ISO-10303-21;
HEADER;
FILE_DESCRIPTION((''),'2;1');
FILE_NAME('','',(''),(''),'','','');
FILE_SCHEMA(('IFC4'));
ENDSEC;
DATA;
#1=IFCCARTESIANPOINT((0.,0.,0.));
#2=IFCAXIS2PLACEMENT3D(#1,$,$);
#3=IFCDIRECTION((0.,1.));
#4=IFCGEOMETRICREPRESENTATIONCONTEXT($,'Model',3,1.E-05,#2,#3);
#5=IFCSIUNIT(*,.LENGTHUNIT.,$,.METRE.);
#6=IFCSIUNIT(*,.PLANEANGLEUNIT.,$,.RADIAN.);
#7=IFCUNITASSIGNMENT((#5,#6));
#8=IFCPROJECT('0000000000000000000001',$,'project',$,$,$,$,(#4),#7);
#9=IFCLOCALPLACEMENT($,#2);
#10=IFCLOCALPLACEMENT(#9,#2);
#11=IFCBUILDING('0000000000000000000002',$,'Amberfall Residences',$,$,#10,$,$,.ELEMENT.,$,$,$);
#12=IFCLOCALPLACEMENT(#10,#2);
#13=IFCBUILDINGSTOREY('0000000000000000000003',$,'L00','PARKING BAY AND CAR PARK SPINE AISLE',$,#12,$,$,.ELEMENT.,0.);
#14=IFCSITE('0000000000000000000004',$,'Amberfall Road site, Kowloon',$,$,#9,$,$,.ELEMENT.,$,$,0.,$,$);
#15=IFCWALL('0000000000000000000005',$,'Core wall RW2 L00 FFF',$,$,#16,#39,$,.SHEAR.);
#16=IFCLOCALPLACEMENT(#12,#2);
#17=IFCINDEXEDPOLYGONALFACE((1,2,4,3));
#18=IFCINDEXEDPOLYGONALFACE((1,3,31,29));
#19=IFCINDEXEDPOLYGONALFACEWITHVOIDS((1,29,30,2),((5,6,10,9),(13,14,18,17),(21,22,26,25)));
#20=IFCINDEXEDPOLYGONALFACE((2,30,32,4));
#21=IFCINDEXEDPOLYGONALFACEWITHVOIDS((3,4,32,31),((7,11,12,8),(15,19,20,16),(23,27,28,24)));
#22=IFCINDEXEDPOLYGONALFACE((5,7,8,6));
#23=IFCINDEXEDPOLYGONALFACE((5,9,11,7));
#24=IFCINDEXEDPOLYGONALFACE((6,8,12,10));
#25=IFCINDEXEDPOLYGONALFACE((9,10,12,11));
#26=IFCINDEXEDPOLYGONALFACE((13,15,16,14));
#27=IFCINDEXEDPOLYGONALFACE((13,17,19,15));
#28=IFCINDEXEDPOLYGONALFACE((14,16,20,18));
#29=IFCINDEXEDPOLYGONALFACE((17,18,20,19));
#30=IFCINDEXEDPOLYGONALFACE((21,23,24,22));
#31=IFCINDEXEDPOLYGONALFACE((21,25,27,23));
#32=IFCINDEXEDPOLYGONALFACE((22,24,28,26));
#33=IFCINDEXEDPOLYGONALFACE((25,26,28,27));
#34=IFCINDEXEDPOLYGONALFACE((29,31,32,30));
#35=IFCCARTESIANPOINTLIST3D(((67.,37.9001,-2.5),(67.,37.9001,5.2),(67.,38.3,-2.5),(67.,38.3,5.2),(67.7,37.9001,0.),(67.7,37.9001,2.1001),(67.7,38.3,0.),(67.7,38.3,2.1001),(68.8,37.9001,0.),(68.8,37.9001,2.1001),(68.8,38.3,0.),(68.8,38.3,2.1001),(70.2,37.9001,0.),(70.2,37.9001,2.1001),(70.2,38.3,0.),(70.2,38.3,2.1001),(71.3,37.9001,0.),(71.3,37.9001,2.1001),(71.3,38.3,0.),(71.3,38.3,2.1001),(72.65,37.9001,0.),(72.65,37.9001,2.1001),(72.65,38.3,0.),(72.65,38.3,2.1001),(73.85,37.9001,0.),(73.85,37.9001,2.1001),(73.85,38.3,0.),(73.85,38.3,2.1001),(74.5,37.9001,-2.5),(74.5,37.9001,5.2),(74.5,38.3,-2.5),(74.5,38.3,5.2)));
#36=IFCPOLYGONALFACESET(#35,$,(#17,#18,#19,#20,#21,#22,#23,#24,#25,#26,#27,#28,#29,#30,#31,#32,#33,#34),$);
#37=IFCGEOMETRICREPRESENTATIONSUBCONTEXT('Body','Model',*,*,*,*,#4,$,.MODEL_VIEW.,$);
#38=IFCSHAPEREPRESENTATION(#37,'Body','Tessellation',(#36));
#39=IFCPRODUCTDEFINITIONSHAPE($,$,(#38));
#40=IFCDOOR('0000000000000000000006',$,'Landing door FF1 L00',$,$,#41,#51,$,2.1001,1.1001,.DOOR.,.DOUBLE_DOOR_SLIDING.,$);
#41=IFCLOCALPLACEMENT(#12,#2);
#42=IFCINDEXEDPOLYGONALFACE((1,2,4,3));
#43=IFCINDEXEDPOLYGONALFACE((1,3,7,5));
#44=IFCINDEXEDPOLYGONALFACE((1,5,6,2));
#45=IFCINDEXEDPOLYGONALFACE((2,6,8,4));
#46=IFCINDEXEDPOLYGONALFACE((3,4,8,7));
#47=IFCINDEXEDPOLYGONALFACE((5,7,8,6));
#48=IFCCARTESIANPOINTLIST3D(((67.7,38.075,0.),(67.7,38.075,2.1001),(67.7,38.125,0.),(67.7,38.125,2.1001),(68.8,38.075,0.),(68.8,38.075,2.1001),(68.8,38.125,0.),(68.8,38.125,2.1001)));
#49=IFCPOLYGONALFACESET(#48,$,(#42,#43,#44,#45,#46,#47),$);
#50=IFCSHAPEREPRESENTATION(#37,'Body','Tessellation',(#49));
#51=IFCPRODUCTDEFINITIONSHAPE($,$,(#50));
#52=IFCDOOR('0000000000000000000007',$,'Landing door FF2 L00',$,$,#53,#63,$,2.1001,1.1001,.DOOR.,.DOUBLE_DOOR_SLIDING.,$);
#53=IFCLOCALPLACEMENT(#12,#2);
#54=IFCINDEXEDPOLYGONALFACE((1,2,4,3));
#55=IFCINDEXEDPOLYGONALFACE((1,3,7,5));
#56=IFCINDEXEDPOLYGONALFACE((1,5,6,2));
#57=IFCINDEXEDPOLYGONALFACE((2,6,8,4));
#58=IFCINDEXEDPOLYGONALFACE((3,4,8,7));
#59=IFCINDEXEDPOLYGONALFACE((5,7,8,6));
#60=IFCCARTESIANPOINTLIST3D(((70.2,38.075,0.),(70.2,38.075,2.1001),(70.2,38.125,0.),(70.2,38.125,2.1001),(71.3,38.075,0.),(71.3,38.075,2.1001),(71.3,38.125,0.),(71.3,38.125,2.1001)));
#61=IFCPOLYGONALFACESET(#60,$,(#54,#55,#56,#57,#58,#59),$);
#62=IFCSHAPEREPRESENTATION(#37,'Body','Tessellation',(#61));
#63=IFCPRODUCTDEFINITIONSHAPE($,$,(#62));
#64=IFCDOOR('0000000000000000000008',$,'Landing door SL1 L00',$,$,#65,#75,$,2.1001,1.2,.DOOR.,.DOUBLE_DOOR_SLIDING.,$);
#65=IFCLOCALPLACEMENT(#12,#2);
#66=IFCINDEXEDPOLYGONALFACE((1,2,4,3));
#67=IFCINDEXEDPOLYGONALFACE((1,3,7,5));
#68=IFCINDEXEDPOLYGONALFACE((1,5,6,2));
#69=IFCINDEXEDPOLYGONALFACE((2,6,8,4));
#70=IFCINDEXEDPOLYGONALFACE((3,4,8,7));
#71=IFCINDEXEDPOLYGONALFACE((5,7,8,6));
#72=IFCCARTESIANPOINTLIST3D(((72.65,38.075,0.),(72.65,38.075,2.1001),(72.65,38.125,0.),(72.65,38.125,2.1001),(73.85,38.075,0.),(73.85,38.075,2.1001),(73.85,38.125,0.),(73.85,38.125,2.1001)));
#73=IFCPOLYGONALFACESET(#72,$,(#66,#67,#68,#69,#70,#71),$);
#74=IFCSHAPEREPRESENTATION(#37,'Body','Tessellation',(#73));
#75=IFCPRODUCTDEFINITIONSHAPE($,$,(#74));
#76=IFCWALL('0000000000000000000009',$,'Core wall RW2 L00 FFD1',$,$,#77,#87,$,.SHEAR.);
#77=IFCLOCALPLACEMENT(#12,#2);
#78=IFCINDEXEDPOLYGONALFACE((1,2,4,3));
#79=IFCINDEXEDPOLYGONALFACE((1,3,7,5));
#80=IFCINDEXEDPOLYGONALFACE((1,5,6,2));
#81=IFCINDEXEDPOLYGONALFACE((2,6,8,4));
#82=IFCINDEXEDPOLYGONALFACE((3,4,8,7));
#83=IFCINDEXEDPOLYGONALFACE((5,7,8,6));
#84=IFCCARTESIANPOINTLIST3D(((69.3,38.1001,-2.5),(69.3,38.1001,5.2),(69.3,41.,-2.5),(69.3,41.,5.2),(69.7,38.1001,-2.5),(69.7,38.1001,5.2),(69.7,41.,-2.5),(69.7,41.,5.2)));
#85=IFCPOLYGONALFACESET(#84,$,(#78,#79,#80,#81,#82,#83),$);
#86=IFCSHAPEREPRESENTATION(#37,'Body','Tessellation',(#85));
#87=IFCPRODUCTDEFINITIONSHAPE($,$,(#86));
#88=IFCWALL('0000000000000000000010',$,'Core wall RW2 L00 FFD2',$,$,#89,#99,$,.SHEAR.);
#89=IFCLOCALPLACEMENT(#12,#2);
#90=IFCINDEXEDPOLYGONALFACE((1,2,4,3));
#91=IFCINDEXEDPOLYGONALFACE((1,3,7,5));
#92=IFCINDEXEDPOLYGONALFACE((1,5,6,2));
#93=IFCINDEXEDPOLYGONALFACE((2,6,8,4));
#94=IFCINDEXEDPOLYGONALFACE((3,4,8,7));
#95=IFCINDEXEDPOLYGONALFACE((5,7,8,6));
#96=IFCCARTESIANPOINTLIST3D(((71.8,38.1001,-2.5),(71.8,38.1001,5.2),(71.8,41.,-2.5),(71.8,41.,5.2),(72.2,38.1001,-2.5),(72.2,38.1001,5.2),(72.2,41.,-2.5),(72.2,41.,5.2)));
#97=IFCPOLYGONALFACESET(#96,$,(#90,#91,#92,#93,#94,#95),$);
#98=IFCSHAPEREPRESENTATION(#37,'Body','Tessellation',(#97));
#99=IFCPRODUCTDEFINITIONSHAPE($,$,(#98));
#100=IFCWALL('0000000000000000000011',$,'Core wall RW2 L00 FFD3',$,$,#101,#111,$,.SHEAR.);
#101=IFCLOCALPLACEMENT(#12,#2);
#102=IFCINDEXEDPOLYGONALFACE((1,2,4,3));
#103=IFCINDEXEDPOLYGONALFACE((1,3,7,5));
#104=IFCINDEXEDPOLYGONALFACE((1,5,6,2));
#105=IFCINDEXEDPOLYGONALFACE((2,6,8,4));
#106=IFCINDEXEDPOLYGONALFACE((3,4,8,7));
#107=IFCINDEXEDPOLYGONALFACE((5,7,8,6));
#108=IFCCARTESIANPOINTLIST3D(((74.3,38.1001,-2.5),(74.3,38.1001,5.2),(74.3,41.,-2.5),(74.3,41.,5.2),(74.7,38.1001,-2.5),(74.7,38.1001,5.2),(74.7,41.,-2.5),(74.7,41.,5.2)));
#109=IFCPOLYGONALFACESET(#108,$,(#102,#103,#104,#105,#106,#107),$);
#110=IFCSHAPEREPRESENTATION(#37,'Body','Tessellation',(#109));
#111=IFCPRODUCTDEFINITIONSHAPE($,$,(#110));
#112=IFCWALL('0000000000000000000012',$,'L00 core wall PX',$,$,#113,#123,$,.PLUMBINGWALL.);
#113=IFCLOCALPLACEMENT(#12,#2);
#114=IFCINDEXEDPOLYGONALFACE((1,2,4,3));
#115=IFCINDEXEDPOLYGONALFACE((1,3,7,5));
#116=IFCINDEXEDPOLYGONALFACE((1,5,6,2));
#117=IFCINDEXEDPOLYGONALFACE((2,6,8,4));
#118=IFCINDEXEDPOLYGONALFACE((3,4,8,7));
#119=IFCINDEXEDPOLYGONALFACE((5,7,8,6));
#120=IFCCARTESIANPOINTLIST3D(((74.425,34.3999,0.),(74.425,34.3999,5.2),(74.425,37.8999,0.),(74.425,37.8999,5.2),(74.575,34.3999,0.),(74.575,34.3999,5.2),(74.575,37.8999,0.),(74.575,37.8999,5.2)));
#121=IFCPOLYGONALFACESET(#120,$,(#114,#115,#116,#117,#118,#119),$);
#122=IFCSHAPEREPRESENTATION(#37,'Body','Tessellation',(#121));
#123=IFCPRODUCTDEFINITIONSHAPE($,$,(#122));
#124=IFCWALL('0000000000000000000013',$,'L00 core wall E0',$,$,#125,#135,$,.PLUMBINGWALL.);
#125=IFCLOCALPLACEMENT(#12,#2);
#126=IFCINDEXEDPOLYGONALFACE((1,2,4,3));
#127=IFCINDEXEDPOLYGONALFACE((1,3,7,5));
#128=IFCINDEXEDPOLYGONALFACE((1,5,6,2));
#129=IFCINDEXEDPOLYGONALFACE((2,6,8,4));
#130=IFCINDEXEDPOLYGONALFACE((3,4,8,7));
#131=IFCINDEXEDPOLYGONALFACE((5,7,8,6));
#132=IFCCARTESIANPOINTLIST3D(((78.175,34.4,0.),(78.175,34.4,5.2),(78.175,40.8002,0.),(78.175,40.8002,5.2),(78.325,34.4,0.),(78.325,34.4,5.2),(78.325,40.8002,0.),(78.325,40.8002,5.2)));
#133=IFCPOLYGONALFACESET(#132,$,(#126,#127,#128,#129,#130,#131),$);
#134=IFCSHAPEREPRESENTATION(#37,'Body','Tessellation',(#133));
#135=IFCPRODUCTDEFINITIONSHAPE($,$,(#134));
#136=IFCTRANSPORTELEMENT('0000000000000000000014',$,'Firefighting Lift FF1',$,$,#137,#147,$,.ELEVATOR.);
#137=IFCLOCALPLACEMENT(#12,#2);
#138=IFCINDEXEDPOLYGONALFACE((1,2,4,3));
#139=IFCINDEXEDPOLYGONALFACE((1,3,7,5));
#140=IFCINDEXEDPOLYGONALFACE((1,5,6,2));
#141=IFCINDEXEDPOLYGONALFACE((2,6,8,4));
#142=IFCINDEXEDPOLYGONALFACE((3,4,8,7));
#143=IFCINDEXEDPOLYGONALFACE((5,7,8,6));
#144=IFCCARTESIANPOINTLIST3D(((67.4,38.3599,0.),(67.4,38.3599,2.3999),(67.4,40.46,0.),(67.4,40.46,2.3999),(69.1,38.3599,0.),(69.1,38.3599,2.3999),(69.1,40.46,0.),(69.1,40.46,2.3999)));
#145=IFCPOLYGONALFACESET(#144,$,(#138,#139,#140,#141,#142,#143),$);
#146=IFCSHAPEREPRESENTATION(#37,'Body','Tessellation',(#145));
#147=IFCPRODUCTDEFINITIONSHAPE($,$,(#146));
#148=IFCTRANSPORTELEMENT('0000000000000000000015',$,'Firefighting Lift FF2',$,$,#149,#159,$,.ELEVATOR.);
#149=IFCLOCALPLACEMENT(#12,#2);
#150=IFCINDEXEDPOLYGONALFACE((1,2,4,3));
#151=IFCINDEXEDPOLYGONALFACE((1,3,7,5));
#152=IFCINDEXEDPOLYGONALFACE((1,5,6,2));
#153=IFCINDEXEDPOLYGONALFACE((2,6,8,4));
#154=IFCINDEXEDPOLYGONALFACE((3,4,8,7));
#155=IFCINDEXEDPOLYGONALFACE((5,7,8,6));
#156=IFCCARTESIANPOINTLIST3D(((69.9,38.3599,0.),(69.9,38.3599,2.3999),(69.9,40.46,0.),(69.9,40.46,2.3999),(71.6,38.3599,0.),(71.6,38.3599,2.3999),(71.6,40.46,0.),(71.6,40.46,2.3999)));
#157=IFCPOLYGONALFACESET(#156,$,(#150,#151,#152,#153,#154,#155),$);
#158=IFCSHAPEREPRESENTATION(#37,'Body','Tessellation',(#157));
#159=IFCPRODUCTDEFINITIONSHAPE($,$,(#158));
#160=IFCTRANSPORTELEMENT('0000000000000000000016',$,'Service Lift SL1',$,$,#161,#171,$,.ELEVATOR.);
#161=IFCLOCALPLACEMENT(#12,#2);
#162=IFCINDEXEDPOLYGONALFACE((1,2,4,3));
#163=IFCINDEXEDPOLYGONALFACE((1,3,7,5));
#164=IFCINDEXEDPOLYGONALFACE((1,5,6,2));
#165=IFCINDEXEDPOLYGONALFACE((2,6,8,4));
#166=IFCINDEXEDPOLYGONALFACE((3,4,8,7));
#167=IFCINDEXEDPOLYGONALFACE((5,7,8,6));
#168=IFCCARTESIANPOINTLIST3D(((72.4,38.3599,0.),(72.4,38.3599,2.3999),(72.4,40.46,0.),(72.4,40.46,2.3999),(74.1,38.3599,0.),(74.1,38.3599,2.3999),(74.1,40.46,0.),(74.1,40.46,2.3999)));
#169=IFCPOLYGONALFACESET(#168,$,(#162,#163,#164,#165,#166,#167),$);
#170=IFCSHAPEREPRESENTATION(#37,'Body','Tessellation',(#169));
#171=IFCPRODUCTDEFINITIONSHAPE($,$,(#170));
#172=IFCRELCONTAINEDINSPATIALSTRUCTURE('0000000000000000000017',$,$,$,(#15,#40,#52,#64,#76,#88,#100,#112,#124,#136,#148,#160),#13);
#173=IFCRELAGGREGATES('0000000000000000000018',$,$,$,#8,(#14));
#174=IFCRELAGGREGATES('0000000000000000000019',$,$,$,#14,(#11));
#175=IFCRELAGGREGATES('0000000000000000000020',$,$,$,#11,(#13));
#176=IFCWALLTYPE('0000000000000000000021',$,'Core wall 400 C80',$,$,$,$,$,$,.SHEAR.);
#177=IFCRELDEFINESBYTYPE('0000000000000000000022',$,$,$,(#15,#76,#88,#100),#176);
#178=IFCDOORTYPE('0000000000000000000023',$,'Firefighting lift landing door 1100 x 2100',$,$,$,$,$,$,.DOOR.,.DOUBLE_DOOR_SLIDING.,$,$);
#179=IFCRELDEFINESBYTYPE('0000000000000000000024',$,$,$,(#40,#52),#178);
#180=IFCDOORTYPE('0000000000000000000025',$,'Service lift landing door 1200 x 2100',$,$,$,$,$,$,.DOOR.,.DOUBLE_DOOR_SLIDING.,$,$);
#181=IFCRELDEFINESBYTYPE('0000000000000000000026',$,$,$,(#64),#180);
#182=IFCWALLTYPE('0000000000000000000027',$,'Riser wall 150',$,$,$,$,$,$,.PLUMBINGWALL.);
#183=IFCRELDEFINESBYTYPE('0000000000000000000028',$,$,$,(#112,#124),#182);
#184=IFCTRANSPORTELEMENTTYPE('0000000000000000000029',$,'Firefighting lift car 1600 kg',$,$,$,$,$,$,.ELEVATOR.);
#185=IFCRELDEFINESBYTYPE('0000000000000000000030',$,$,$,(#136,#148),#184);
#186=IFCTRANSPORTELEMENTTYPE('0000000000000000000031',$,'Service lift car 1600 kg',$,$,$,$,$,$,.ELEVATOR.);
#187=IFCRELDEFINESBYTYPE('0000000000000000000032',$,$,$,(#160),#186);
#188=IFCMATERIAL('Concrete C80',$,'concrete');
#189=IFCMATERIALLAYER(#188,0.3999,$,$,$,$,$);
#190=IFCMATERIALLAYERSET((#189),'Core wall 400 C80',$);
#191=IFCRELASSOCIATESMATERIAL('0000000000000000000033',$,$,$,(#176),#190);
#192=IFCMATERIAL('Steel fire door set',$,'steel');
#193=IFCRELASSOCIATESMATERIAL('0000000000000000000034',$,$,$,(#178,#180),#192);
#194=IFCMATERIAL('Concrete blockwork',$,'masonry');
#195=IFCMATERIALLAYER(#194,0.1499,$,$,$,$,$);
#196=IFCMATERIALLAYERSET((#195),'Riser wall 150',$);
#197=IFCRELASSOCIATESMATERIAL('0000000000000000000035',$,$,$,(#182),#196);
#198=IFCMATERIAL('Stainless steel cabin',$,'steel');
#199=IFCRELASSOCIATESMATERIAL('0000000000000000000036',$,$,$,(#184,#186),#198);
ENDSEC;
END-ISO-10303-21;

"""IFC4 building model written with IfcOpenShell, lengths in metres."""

from ifc_helpers import new_model, si_unit, direction, frame, frame_2d, origin, origin_2d, place, context, subcontext, project, spatial, rectangle, extrude, material, layer, layer_set, type_object, element, fill, save


model = new_model("IFC4")

# Units and contexts
model_context = context("Model", 3, precision=1e-05, world=origin(), true_north=direction((0.0, 1.0)))
body_context = subcontext(model_context, "Body", "Model", "MODEL_VIEW")
ifc_project = project(units=[si_unit("LENGTHUNIT", "METRE"), si_unit("PLANEANGLEUNIT", "RADIAN")], contexts=[model_context])

# Site, building, storey
site_placement = place(None, origin())
site = spatial("IfcSite", under=ifc_project, at=site_placement, Name="Amberfall Road site, Kowloon", CompositionType="ELEMENT", RefElevation=0.0)
building_placement = place(site_placement, origin())
building = spatial("IfcBuilding", under=site, at=building_placement, Name="Amberfall Residences", CompositionType="ELEMENT")
storey_placement = place(building_placement, origin())
storey = spatial("IfcBuildingStorey", under=building, at=storey_placement, Name="L00", Description="PARKING BAY AND CAR PARK SPINE AISLE", CompositionType="ELEMENT", Elevation=0.0)

# Shared definitions
ifc_material_1 = material(Name="Concrete C80", Category="concrete")
ifc_layer_1 = layer(ifc_material_1, 0.3999)
ifc_layer_set_1 = layer_set([ifc_layer_1], Name="Core wall 400 C80")
wall_type_1 = type_object("IfcWallType", Name="Core wall 400 C80", PredefinedType="SHEAR", material=ifc_layer_set_1)
ifc_material_2 = material(Name="Steel fire door set", Category="steel")

# Wall, openings, doors
wall_1_placement = place(storey_placement, frame((67.0, 38.1001, -2.5), z_axis=(0.0, 0.0, 1.0), x_axis=(1.0, 0.0, 0.0)))
wall_1 = element("IfcWall", 1, at=wall_1_placement, inside=storey, type_object=wall_type_1, Name="Core wall RW2 L00 FFF", PredefinedType="SHEAR", context=body_context, shape_type="SweptSolid", body=[
    extrude(rectangle(XDim=7.5, YDim=0.3999, at=frame_2d((3.75, 0.0))), origin(), (0.0, 0.0, 1.0), 7.7),
])
opening_1_placement = place(wall_1_placement, frame((0.7, 0.0, 2.5)))
opening_1 = element("IfcOpeningElement", 2, at=opening_1_placement, cuts=wall_1, PredefinedType="OPENING", context=body_context, shape_type="SweptSolid", body=[
    extrude(rectangle(XDim=1.1001, YDim=2.1001, at=frame_2d((0.55, 1.05))), frame((0.0, 0.21, 0.0), z_axis=(0.0, -1.0, 0.0), x_axis=(1.0, 0.0, 0.0)), (0.0, 0.0, 1.0), 0.4199),
])
opening_2_placement = place(wall_1_placement, frame((3.2, 0.0, 2.5)))
opening_2 = element("IfcOpeningElement", 3, at=opening_2_placement, cuts=wall_1, PredefinedType="OPENING", context=body_context, shape_type="SweptSolid", body=[
    extrude(rectangle(XDim=1.1001, YDim=2.1001, at=frame_2d((0.55, 1.05))), frame((0.0, 0.21, 0.0), z_axis=(0.0, -1.0, 0.0), x_axis=(1.0, 0.0, 0.0)), (0.0, 0.0, 1.0), 0.4199),
])
opening_3_placement = place(wall_1_placement, frame((5.6499, 0.0, 2.5)))
opening_3 = element("IfcOpeningElement", 4, at=opening_3_placement, cuts=wall_1, PredefinedType="OPENING", context=body_context, shape_type="SweptSolid", body=[
    extrude(rectangle(XDim=1.2, YDim=2.1001, at=frame_2d((0.6001, 1.05))), frame((0.0, 0.21, 0.0), z_axis=(0.0, -1.0, 0.0), x_axis=(1.0, 0.0, 0.0)), (0.0, 0.0, 1.0), 0.4199),
])
door_type_1 = type_object("IfcDoorType", Name="Firefighting lift landing door 1100 x 2100", OperationType="DOUBLE_DOOR_SLIDING", PredefinedType="DOOR", material=ifc_material_2)
door_1_placement = place(opening_1_placement, origin())
door_1 = element("IfcDoor", 5, at=door_1_placement, inside=storey, type_object=door_type_1, Name="Landing door FF1 L00", OperationType="DOUBLE_DOOR_SLIDING", OverallHeight=2.1001, OverallWidth=1.1001, PredefinedType="DOOR", context=body_context, shape_type="SweptSolid", body=[
    extrude(rectangle(XDim=1.1001, YDim=2.1001, at=frame_2d((0.55, 1.05))), frame((0.0, 0.0249, 0.0), z_axis=(0.0, -1.0, 0.0), x_axis=(1.0, 0.0, 0.0)), (0.0, 0.0, 1.0), 0.05),
])
fill(opening_1, door_1)
door_2_placement = place(opening_2_placement, origin())
door_2 = element("IfcDoor", 6, at=door_2_placement, inside=storey, type_object=door_type_1, Name="Landing door FF2 L00", OperationType="DOUBLE_DOOR_SLIDING", OverallHeight=2.1001, OverallWidth=1.1001, PredefinedType="DOOR", context=body_context, shape_type="SweptSolid", body=[
    extrude(rectangle(XDim=1.1001, YDim=2.1001, at=frame_2d((0.55, 1.05))), frame((0.0, 0.0249, 0.0), z_axis=(0.0, -1.0, 0.0), x_axis=(1.0, 0.0, 0.0)), (0.0, 0.0, 1.0), 0.05),
])
fill(opening_2, door_2)
door_type_2 = type_object("IfcDoorType", Name="Service lift landing door 1200 x 2100", OperationType="DOUBLE_DOOR_SLIDING", PredefinedType="DOOR", material=ifc_material_2)
door_3_placement = place(opening_3_placement, origin())
door_3 = element("IfcDoor", 7, at=door_3_placement, inside=storey, type_object=door_type_2, Name="Landing door SL1 L00", OperationType="DOUBLE_DOOR_SLIDING", OverallHeight=2.1001, OverallWidth=1.2, PredefinedType="DOOR", context=body_context, shape_type="SweptSolid", body=[
    extrude(rectangle(XDim=1.2, YDim=2.1001, at=frame_2d((0.6001, 1.05))), frame((0.0, 0.0249, 0.0), z_axis=(0.0, -1.0, 0.0), x_axis=(1.0, 0.0, 0.0)), (0.0, 0.0, 1.0), 0.05),
])
fill(opening_3, door_3)

# Walls
for number, where, z_axis, x_axis, name in (
    (8, (69.5, 38.1001, -2.5), (0.0, 0.0, 1.0), (0.0, 1.0, 0.0), "Core wall RW2 L00 FFD1"),
    (9, (72.0, 38.1001, -2.5), (0.0, 0.0, 1.0), (0.0, 1.0, 0.0), "Core wall RW2 L00 FFD2"),
    (10, (74.5, 38.1001, -2.5), (0.0, 0.0, 1.0), (0.0, 1.0, 0.0), "Core wall RW2 L00 FFD3"),
):
    element("IfcWall", number, at=place(storey_placement, frame(where, z_axis=z_axis, x_axis=x_axis)), inside=storey, type_object=wall_type_1, Name=name, PredefinedType="SHEAR", context=body_context, shape_type="SweptSolid", body=[
        extrude(rectangle(XDim=2.8999, YDim=0.3999, at=frame_2d((1.45, 0.0))), origin(), (0.0, 0.0, 1.0), 7.7),
    ])
ifc_material_3 = material(Name="Concrete blockwork", Category="masonry")
ifc_layer_2 = layer(ifc_material_3, 0.1499)
ifc_layer_set_2 = layer_set([ifc_layer_2], Name="Riser wall 150")
wall_type_2 = type_object("IfcWallType", Name="Riser wall 150", PredefinedType="PLUMBINGWALL", material=ifc_layer_set_2)
wall_2_placement = place(storey_placement, frame((74.5, 34.3999, 0.0), z_axis=(0.0, 0.0, 1.0), x_axis=(0.0, 1.0, 0.0)))
element("IfcWall", 11, at=wall_2_placement, inside=storey, type_object=wall_type_2, Name="L00 core wall PX", PredefinedType="PLUMBINGWALL", context=body_context, shape_type="SweptSolid", body=[
    extrude(rectangle(XDim=3.5, YDim=0.1499, at=frame_2d((1.75, 0.0))), origin(), (0.0, 0.0, 1.0), 5.2),
])
wall_3_placement = place(storey_placement, frame((78.25, 34.3999, 0.0), z_axis=(0.0, 0.0, 1.0), x_axis=(0.0, 1.0, 0.0)))
element("IfcWall", 12, at=wall_3_placement, inside=storey, type_object=wall_type_2, Name="L00 core wall E0", PredefinedType="PLUMBINGWALL", context=body_context, shape_type="SweptSolid", body=[
    extrude(rectangle(XDim=6.4001, YDim=0.1499, at=frame_2d((3.2002, 0.0))), origin(), (0.0, 0.0, 1.0), 5.2),
])

# Transport elements
ifc_material_4 = material(Name="Stainless steel cabin", Category="steel")
transport_element_type_1 = type_object("IfcTransportElementType", Name="Firefighting lift car 1600 kg", PredefinedType="ELEVATOR", material=ifc_material_4)
for number, where, z_axis, x_axis, name in (
    (13, (68.25, 39.4099, 0.0), (0.0, 0.0, 1.0), (1.0, 0.0, 0.0), "Firefighting Lift FF1"),
    (14, (70.75, 39.4099, 0.0), (0.0, 0.0, 1.0), (1.0, 0.0, 0.0), "Firefighting Lift FF2"),
):
    element("IfcTransportElement", number, at=place(storey_placement, frame(where, z_axis=z_axis, x_axis=x_axis)), inside=storey, type_object=transport_element_type_1, Name=name, PredefinedType="ELEVATOR", context=body_context, shape_type="SweptSolid", body=[
        extrude(rectangle(XDim=1.7, YDim=2.1001, at=origin_2d()), origin(), (0.0, 0.0, 1.0), 2.3999),
    ])
transport_element_type_2 = type_object("IfcTransportElementType", Name="Service lift car 1600 kg", PredefinedType="ELEVATOR", material=ifc_material_4)
transport_element_placement = place(storey_placement, frame((73.25, 39.4099, 0.0), z_axis=(0.0, 0.0, 1.0), x_axis=(1.0, 0.0, 0.0)))
element("IfcTransportElement", 15, at=transport_element_placement, inside=storey, type_object=transport_element_type_2, Name="Service Lift SL1", PredefinedType="ELEVATOR", context=body_context, shape_type="SweptSolid", body=[
    extrude(rectangle(XDim=1.7, YDim=2.1001, at=origin_2d()), origin(), (0.0, 0.0, 1.0), 2.3999),
])

save(model, "model.ifc")
